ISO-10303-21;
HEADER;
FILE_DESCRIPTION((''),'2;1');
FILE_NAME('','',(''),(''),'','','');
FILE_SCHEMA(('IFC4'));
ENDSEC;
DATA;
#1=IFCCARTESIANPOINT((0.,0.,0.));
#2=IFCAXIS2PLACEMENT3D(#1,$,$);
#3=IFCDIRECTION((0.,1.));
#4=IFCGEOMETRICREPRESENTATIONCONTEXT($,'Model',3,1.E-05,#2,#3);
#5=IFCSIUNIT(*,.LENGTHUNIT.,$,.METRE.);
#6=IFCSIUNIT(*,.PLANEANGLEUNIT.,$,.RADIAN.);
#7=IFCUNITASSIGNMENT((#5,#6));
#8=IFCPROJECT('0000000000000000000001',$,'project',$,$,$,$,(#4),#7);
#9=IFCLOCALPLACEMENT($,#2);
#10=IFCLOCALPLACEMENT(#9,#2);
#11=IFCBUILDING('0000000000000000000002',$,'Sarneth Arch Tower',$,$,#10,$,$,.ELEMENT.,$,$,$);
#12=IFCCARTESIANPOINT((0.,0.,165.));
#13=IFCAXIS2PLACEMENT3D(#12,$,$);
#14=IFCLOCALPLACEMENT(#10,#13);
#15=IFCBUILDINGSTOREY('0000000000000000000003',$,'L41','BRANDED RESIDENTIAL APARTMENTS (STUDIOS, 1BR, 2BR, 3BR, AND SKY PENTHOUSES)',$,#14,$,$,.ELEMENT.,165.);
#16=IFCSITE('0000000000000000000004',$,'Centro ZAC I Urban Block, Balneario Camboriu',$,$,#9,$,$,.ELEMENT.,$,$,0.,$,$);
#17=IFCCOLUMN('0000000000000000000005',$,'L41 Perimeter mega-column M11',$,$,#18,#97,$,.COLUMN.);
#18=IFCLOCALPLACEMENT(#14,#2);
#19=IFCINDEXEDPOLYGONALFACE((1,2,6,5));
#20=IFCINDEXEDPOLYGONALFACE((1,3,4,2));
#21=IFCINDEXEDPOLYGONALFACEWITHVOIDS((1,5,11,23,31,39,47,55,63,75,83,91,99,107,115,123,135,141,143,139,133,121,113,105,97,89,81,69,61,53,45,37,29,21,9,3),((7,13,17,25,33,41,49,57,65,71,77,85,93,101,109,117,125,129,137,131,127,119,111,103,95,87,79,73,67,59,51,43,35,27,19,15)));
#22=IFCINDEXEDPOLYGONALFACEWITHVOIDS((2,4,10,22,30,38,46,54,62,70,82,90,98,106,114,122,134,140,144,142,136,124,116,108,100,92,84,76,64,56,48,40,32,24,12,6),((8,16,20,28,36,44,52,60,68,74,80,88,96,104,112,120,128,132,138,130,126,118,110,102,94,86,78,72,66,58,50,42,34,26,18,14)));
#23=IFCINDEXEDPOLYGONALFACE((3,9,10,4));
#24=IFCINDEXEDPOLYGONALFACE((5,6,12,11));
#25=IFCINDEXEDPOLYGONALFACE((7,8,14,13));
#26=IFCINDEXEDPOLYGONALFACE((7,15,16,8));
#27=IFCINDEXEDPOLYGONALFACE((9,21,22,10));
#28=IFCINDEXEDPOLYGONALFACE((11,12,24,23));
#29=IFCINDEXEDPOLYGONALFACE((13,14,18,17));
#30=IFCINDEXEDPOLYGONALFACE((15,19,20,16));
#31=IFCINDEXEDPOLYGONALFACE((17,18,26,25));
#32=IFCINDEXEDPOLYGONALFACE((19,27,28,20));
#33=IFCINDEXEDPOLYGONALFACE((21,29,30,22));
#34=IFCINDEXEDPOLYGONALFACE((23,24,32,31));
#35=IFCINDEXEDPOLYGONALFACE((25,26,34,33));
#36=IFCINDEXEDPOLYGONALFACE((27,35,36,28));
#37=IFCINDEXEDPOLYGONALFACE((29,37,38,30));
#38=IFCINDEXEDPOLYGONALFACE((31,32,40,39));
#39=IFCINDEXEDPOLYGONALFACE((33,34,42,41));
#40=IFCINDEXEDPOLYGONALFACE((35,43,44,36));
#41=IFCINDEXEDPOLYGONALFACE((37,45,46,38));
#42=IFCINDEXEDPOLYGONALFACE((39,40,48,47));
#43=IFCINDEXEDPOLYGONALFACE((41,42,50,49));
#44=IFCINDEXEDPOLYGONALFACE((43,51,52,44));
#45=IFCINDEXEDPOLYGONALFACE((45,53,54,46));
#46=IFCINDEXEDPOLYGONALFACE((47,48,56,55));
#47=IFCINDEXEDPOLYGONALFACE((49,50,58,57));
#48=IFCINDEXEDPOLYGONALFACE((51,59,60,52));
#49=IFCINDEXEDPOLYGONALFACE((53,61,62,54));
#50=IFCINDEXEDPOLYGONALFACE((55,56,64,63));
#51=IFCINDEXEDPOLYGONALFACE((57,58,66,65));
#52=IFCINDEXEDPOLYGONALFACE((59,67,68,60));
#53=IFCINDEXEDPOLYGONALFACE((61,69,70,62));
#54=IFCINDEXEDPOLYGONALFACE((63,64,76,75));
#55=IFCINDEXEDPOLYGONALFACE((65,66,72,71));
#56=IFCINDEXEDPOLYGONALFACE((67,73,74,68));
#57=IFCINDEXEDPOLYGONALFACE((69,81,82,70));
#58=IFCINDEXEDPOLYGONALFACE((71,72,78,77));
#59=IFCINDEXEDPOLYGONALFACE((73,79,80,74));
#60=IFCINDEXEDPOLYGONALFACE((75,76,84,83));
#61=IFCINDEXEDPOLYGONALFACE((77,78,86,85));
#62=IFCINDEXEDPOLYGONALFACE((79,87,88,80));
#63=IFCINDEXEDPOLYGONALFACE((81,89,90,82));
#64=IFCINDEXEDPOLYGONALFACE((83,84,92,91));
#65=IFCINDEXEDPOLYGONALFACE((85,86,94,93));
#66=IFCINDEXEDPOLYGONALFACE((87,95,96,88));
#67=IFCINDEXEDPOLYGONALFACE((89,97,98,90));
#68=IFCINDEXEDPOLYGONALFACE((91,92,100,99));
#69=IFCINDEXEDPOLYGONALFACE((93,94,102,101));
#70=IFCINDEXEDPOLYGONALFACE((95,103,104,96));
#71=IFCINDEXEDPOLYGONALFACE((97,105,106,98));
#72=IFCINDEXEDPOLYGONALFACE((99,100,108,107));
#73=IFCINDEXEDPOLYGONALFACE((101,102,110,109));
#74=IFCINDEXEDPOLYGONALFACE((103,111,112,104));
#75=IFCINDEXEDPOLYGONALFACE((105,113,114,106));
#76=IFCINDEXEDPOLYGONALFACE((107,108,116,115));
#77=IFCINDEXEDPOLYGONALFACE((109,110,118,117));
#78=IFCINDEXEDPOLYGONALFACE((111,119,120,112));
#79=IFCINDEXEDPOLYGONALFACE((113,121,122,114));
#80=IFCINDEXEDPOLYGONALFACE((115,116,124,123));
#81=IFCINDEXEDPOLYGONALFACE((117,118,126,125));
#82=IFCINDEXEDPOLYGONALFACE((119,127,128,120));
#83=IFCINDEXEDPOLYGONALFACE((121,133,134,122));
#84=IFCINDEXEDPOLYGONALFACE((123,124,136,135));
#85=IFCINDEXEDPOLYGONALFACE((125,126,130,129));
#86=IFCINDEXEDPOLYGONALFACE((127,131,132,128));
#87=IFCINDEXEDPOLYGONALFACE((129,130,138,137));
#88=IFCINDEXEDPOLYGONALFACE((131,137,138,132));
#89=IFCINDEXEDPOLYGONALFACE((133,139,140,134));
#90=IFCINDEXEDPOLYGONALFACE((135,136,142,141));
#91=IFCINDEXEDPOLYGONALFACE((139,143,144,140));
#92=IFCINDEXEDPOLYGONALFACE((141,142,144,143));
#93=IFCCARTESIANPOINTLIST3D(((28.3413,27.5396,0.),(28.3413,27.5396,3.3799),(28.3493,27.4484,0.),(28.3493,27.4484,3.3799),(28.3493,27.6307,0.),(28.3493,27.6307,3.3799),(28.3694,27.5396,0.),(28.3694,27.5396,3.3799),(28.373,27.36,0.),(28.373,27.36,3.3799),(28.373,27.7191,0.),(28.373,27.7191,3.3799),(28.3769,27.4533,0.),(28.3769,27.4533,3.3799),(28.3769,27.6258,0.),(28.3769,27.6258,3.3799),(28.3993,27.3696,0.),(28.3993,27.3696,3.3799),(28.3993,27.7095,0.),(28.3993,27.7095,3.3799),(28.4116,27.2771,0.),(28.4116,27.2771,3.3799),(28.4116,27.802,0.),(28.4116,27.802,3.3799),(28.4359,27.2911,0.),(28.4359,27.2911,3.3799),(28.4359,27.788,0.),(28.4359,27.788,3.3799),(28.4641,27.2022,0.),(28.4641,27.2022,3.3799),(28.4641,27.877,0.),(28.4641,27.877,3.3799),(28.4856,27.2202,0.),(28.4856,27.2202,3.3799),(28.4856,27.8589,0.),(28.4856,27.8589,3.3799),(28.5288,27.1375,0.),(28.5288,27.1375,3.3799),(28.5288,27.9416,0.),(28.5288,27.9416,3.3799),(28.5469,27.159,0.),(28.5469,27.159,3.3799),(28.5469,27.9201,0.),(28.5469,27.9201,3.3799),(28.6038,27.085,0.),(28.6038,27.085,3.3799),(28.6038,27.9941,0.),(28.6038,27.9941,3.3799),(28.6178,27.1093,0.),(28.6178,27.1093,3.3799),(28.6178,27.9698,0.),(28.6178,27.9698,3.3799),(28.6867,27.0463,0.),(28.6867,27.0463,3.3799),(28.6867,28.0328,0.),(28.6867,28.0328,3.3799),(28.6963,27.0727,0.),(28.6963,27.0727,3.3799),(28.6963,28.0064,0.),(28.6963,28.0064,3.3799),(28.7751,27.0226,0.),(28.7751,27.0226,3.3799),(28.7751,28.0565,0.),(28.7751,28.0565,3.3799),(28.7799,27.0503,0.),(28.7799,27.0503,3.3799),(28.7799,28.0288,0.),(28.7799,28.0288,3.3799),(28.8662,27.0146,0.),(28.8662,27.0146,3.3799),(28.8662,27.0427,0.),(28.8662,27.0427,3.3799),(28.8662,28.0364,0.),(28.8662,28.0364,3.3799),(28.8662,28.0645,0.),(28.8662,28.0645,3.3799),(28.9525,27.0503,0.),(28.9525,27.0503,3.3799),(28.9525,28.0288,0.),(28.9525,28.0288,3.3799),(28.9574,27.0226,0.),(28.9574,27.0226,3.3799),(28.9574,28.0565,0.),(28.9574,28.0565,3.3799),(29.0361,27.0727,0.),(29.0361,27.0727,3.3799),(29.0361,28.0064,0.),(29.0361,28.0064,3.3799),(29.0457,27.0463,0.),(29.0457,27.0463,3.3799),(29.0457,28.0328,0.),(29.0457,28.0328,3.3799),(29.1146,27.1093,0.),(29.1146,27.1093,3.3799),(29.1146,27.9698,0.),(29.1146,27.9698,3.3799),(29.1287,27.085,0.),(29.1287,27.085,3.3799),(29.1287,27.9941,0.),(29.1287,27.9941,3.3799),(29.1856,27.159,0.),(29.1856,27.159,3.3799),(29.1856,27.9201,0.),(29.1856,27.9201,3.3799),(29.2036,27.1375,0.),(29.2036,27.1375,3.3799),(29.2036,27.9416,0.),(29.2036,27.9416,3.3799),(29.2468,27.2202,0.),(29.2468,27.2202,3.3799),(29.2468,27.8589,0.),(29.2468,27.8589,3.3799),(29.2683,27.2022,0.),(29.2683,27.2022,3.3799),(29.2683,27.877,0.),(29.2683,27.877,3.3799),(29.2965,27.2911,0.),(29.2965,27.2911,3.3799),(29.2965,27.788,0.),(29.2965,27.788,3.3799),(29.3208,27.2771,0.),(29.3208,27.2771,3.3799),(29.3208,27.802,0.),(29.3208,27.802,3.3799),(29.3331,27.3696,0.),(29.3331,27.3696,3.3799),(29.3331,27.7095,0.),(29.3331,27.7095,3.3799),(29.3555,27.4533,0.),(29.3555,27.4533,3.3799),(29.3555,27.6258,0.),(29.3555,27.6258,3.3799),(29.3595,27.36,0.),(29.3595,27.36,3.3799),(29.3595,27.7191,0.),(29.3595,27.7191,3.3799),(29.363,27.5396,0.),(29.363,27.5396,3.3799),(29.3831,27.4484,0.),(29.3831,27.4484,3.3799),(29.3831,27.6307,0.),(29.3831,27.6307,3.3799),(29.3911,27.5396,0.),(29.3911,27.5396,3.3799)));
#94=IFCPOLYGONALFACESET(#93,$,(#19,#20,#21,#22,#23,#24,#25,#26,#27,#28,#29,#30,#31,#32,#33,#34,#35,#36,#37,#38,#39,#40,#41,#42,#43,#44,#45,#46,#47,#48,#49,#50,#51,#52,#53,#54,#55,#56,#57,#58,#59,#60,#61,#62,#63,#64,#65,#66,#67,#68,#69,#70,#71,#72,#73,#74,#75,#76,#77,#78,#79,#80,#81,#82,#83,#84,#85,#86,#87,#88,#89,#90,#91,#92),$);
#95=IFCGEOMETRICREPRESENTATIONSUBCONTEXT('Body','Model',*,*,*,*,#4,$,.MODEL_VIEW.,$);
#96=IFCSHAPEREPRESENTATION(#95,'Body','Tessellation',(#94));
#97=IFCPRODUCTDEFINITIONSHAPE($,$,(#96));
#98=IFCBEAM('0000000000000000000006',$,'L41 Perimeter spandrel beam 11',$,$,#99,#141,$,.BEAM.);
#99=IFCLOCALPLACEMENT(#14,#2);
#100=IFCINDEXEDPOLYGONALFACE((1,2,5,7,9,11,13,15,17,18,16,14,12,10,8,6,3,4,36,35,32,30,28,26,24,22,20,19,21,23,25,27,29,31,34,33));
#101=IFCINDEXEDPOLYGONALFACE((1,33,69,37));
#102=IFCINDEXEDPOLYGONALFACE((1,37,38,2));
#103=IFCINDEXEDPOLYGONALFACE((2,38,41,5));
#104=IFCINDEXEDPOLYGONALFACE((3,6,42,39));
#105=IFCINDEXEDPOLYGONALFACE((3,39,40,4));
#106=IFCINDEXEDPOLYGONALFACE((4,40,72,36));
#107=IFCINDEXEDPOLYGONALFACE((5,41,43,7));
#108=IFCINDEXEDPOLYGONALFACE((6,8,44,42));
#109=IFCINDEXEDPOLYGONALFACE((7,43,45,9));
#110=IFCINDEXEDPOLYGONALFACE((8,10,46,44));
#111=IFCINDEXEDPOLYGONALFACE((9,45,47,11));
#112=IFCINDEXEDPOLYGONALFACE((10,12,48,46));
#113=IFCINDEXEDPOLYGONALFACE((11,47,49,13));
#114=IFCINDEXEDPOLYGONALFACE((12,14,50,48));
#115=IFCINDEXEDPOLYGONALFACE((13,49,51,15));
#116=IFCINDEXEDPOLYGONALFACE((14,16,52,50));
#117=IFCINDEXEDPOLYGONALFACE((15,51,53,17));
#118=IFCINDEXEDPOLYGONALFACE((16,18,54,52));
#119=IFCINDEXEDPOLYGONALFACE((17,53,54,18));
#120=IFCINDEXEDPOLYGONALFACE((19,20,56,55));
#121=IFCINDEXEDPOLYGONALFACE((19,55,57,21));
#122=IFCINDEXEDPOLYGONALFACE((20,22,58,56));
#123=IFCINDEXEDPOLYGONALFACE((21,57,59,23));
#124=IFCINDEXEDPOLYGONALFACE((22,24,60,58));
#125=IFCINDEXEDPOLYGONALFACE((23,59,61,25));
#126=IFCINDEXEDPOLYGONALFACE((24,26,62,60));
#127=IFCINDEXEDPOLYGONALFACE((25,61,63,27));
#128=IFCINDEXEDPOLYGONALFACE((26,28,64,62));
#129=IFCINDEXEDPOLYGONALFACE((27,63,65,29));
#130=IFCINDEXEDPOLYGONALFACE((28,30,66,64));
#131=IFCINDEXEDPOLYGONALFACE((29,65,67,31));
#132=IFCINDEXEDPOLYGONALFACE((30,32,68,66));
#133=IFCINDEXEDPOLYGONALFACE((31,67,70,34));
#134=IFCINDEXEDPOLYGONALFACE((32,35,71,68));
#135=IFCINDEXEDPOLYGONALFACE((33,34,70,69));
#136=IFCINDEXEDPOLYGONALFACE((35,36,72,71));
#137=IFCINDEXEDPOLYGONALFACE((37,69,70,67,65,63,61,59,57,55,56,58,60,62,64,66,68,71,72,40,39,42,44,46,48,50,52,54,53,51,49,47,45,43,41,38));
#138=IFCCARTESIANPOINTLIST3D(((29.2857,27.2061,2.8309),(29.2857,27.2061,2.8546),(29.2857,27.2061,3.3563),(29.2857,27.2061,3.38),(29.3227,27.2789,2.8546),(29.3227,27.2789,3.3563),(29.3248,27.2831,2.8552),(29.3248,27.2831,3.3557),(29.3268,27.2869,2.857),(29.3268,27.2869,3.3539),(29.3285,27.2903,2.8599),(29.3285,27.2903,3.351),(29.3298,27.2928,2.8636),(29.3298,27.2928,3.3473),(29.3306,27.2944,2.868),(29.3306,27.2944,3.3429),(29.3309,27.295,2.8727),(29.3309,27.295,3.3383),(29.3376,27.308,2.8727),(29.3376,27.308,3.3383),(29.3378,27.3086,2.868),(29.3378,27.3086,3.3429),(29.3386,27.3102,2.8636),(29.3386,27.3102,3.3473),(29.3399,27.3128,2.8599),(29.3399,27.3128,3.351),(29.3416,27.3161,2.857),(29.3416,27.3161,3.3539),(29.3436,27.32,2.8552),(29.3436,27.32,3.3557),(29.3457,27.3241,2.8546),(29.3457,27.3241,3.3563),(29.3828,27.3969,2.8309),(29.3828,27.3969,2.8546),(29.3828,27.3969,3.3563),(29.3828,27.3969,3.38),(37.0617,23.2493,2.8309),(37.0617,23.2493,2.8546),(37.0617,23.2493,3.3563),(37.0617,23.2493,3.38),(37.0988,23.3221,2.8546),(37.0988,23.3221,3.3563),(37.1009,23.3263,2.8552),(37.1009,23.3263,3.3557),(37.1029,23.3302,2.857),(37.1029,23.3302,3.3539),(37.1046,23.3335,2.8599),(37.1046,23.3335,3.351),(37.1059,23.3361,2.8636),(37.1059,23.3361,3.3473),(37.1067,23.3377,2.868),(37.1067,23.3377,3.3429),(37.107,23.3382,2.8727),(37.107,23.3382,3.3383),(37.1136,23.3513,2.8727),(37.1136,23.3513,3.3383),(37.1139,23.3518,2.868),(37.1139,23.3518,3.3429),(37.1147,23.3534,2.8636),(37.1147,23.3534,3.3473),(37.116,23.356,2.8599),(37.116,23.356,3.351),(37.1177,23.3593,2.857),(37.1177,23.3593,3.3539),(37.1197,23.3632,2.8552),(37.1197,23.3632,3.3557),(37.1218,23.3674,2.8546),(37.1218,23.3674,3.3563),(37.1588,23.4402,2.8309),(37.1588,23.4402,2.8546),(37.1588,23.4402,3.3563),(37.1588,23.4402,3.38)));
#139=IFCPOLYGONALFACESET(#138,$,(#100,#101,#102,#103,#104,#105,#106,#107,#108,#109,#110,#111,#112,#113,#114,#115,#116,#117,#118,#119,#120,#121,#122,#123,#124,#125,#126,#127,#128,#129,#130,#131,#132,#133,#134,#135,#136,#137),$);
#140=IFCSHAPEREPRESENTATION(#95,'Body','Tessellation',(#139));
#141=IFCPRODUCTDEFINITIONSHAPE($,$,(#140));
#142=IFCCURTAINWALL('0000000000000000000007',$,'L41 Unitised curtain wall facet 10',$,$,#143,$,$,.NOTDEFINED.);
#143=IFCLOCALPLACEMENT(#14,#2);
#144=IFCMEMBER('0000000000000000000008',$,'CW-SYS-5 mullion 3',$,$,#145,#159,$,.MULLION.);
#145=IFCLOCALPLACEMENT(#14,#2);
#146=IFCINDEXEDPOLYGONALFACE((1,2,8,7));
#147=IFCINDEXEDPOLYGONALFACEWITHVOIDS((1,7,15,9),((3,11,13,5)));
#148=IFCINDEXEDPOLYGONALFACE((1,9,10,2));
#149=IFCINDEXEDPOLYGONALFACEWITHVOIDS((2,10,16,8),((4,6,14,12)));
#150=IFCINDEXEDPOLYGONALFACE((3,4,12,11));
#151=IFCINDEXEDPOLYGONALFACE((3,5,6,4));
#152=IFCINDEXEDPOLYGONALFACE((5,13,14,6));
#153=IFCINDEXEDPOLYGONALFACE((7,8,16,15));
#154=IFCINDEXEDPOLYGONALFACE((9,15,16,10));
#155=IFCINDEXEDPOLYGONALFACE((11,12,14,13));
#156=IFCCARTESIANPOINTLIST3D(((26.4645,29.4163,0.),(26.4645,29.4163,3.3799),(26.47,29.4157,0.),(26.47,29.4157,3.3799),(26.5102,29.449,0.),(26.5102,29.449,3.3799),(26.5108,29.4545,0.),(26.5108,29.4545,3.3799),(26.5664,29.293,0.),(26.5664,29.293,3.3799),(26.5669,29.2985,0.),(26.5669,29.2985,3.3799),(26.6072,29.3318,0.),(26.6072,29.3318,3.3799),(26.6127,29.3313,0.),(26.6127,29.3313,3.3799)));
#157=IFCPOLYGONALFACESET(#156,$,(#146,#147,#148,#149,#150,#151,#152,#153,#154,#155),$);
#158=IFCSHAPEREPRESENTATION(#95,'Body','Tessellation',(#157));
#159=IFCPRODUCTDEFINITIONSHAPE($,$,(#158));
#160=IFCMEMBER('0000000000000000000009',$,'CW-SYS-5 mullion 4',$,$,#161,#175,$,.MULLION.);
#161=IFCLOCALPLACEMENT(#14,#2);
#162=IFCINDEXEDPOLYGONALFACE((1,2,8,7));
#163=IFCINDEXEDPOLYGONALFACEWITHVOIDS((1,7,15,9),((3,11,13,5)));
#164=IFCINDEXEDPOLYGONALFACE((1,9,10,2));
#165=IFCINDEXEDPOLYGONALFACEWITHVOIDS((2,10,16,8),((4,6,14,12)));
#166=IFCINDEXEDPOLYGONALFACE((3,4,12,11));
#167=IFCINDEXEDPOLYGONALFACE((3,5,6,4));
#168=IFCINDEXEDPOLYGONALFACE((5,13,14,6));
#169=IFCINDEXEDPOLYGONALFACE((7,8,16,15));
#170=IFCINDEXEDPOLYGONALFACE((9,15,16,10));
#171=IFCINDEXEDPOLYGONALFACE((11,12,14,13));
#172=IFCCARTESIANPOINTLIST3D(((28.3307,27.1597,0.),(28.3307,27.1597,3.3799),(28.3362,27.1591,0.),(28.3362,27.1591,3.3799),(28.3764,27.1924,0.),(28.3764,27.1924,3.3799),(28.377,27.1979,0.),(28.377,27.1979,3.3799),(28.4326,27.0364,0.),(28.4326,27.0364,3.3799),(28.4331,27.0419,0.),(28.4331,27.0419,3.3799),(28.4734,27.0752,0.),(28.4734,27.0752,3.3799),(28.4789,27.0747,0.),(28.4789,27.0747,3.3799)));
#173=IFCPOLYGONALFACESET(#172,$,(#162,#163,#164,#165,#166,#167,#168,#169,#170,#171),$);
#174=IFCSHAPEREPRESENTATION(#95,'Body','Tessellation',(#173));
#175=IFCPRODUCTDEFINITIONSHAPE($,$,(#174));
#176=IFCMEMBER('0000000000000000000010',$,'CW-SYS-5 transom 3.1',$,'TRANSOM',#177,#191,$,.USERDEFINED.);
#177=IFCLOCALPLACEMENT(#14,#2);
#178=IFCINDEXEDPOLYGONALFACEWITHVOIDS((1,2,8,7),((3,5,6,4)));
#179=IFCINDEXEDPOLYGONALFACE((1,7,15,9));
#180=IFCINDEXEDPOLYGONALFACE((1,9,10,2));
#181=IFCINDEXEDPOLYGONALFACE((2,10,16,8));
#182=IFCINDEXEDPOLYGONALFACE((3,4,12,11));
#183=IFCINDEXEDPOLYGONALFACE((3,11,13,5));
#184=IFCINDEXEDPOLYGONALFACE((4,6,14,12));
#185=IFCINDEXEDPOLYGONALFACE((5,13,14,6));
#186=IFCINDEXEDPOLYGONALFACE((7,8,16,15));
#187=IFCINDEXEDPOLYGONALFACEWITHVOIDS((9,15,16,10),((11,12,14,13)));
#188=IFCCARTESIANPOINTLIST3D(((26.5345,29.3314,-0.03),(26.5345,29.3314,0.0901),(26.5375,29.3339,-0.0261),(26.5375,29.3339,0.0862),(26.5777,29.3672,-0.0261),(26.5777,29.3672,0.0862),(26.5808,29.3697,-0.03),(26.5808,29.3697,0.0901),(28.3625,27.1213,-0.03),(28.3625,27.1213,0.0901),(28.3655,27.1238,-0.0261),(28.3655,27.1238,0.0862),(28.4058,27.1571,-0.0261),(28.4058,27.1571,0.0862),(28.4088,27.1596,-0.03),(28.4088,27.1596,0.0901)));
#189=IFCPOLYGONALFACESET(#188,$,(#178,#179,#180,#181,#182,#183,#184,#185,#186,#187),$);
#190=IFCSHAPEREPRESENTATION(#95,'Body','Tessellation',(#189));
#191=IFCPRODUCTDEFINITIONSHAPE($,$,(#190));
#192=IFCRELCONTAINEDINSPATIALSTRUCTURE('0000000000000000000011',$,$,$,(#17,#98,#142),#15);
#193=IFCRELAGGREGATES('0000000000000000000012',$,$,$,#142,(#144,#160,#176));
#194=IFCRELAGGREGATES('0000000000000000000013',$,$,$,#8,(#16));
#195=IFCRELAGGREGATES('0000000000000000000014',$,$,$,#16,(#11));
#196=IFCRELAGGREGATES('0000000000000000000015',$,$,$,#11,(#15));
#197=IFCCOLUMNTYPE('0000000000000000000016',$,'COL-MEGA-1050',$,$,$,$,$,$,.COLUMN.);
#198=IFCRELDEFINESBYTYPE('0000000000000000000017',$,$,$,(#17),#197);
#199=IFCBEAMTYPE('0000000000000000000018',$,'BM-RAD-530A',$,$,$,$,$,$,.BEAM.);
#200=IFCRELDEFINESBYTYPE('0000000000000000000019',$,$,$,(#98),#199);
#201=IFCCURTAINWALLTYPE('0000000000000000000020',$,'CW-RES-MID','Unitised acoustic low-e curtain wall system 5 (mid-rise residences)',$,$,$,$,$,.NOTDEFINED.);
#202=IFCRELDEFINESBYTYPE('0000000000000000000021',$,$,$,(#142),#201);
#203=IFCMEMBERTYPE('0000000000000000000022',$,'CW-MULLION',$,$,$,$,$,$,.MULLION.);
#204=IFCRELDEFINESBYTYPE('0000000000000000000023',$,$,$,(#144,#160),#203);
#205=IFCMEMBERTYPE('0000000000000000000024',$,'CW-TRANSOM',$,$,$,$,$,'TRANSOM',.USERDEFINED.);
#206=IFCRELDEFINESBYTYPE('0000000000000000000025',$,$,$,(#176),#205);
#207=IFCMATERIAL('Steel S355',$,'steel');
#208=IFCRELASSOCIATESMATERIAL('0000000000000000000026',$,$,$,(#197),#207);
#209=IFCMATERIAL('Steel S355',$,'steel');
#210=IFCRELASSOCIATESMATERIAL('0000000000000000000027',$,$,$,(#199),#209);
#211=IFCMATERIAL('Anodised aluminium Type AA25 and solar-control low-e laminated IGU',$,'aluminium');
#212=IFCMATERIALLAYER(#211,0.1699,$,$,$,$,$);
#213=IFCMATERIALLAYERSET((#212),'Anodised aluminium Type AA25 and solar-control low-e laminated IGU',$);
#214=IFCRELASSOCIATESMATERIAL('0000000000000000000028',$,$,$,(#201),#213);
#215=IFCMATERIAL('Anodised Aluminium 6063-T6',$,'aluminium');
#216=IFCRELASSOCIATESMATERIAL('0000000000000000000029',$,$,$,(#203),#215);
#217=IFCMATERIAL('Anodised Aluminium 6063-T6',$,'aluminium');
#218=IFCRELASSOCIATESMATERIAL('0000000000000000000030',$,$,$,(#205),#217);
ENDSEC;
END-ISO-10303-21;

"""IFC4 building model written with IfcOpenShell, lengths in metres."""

from ifc_helpers import new_model, si_unit, direction, frame, origin, origin_2d, place, context, subcontext, project, spatial, hollow_rectangle, hollow_circle, i_section, extrude, material, layer, layer_set, material_profile, profile_set, type_object, element, aggregate, save


model = new_model("IFC4")

# Units and contexts
model_context = context("Model", 3, precision=1e-05, world=origin(), true_north=direction((0.0, 1.0)))
body_context = subcontext(model_context, "Body", "Model", "MODEL_VIEW")
ifc_project = project(units=[si_unit("LENGTHUNIT", "METRE"), si_unit("PLANEANGLEUNIT", "RADIAN")], contexts=[model_context])

# Site, building, storey
site_placement = place(None, origin())
site = spatial("IfcSite", under=ifc_project, at=site_placement, Name="Centro ZAC I Urban Block, Balneario Camboriu", CompositionType="ELEMENT", RefElevation=0.0)
building_placement = place(site_placement, origin())
building = spatial("IfcBuilding", under=site, at=building_placement, Name="Sarneth Arch Tower", CompositionType="ELEMENT")
storey_placement = place(building_placement, frame((0.0, 0.0, 165.0)))
storey = spatial("IfcBuildingStorey", under=building, at=storey_placement, Name="L41", Description="BRANDED RESIDENTIAL APARTMENTS (STUDIOS, 1BR, 2BR, 3BR, AND SKY PENTHOUSES)", CompositionType="ELEMENT", Elevation=165.0)

# Column
ifc_material_1 = material(Name="Steel S355", Category="steel")
ifc_material_profile_1 = material_profile(ifc_material_1, hollow_circle(Radius=0.5249, WallThickness=0.0281, at=origin_2d()), Name="CHS1050x28")
ifc_profile_set_1 = profile_set([ifc_material_profile_1], Name="Steel S355")
column_type = type_object("IfcColumnType", Name="COL-MEGA-1050", PredefinedType="COLUMN", material=ifc_profile_set_1)
column_placement = place(storey_placement, frame((28.8662, 27.5396, 0.0), z_axis=(0.0, 0.0, 1.0), x_axis=(1.0, 0.0, 0.0)))
element("IfcColumn", 1, at=column_placement, inside=storey, type_object=column_type, Name="L41 Perimeter mega-column M11", PredefinedType="COLUMN", context=body_context, shape_type="SweptSolid", body=[
    extrude(hollow_circle(Radius=0.5249, WallThickness=0.0281, at=origin_2d()), origin(), (0.0, 0.0, 1.0), 3.3799),
])

# Beam
ifc_material_2 = material(Name="Steel S355", Category="steel")
ifc_material_profile_2 = material_profile(ifc_material_2, i_section(OverallWidth=0.2141, OverallDepth=0.5491, WebThickness=0.0146, FlangeThickness=0.0237, FilletRadius=0.0181, at=origin_2d()), Name="W530x138")
ifc_profile_set_2 = profile_set([ifc_material_profile_2], Name="Steel S355")
beam_type = type_object("IfcBeamType", Name="BM-RAD-530A", PredefinedType="BEAM", material=ifc_profile_set_2)
beam_placement = place(storey_placement, frame((29.3342, 27.3015, 3.1055), z_axis=(0.891254, -0.453504, 0.0), x_axis=(0.453504, 0.891254, 0.0)))
element("IfcBeam", 2, at=beam_placement, inside=storey, type_object=beam_type, Name="L41 Perimeter spandrel beam 11", PredefinedType="BEAM", context=body_context, shape_type="SweptSolid", body=[
    extrude(i_section(OverallWidth=0.2141, OverallDepth=0.5491, WebThickness=0.0146, FlangeThickness=0.0237, FilletRadius=0.0181, at=origin_2d()), origin(), (0.0, 0.0, 1.0), 8.7249),
])

# Curtain wall, members
ifc_material_3 = material(Name="Anodised aluminium Type AA25 and solar-control low-e laminated IGU", Category="aluminium")
ifc_layer_1 = layer(ifc_material_3, 0.1699)
ifc_layer_set_1 = layer_set([ifc_layer_1], Name="Anodised aluminium Type AA25 and solar-control low-e laminated IGU")
curtain_wall_type = type_object("IfcCurtainWallType", Name="CW-RES-MID", Description="Unitised acoustic low-e curtain wall system 5 (mid-rise residences)", PredefinedType="NOTDEFINED", material=ifc_layer_set_1)
curtain_wall_placement = place(storey_placement, origin())
curtain_wall = element("IfcCurtainWall", 3, at=curtain_wall_placement, inside=storey, type_object=curtain_wall_type, Name="L41 Unitised curtain wall facet 10", PredefinedType="NOTDEFINED")
ifc_material_4 = material(Name="Anodised Aluminium 6063-T6", Category="aluminium")
ifc_material_profile_3 = material_profile(ifc_material_4, hollow_rectangle(XDim=0.0601, YDim=0.1599, WallThickness=0.0039, at=origin_2d()), Name="AL-MULL-160x60x4")
ifc_profile_set_3 = profile_set([ifc_material_profile_3], Name="Anodised Aluminium 6063-T6")
member_type_1 = type_object("IfcMemberType", Name="CW-MULLION", PredefinedType="MULLION", material=ifc_profile_set_3)
member_1_placement = place(storey_placement, frame((26.5386, 29.3738, 0.0), z_axis=(0.0, 0.0, 1.0), x_axis=(0.770591, 0.63733, 0.0)))
member_1 = element("IfcMember", 4, at=member_1_placement, type_object=member_type_1, Name="CW-SYS-5 mullion 3", PredefinedType="MULLION", context=body_context, shape_type="SweptSolid", body=[
    extrude(hollow_rectangle(XDim=0.0601, YDim=0.1599, WallThickness=0.0039, at=origin_2d()), origin(), (0.0, 0.0, 1.0), 3.3799),
])
member_2_placement = place(storey_placement, frame((28.4048, 27.1172, 0.0), z_axis=(0.0, 0.0, 1.0), x_axis=(0.770591, 0.63733, 0.0)))
member_2 = element("IfcMember", 5, at=member_2_placement, type_object=member_type_1, Name="CW-SYS-5 mullion 4", PredefinedType="MULLION", context=body_context, shape_type="SweptSolid", body=[
    extrude(hollow_rectangle(XDim=0.0601, YDim=0.1599, WallThickness=0.0039, at=origin_2d()), origin(), (0.0, 0.0, 1.0), 3.3799),
])
ifc_material_5 = material(Name="Anodised Aluminium 6063-T6", Category="aluminium")
ifc_material_profile_4 = material_profile(ifc_material_5, hollow_rectangle(XDim=0.0601, YDim=0.1201, WallThickness=0.0039, at=origin_2d()), Name="AL-TRAN-120x60x4")
ifc_profile_set_4 = profile_set([ifc_material_profile_4], Name="Anodised Aluminium 6063-T6")
member_type_2 = type_object("IfcMemberType", Name="CW-TRANSOM", ElementType="TRANSOM", PredefinedType="USERDEFINED", material=ifc_profile_set_4)
member_3_placement = place(storey_placement, frame((26.5576, 29.3506, 0.03), z_axis=(0.637359, -0.770567, 0.0), x_axis=(0.770567, 0.637359, 0.0)))
member_3 = element("IfcMember", 6, at=member_3_placement, type_object=member_type_2, Name="CW-SYS-5 transom 3.1", ObjectType="TRANSOM", PredefinedType="USERDEFINED", context=body_context, shape_type="SweptSolid", body=[
    extrude(hollow_rectangle(XDim=0.0601, YDim=0.1201, WallThickness=0.0039, at=origin_2d()), origin(), (0.0, 0.0, 1.0), 2.8682),
])

aggregate(curtain_wall, [member_1, member_2, member_3])

save(model, "model.ifc")
